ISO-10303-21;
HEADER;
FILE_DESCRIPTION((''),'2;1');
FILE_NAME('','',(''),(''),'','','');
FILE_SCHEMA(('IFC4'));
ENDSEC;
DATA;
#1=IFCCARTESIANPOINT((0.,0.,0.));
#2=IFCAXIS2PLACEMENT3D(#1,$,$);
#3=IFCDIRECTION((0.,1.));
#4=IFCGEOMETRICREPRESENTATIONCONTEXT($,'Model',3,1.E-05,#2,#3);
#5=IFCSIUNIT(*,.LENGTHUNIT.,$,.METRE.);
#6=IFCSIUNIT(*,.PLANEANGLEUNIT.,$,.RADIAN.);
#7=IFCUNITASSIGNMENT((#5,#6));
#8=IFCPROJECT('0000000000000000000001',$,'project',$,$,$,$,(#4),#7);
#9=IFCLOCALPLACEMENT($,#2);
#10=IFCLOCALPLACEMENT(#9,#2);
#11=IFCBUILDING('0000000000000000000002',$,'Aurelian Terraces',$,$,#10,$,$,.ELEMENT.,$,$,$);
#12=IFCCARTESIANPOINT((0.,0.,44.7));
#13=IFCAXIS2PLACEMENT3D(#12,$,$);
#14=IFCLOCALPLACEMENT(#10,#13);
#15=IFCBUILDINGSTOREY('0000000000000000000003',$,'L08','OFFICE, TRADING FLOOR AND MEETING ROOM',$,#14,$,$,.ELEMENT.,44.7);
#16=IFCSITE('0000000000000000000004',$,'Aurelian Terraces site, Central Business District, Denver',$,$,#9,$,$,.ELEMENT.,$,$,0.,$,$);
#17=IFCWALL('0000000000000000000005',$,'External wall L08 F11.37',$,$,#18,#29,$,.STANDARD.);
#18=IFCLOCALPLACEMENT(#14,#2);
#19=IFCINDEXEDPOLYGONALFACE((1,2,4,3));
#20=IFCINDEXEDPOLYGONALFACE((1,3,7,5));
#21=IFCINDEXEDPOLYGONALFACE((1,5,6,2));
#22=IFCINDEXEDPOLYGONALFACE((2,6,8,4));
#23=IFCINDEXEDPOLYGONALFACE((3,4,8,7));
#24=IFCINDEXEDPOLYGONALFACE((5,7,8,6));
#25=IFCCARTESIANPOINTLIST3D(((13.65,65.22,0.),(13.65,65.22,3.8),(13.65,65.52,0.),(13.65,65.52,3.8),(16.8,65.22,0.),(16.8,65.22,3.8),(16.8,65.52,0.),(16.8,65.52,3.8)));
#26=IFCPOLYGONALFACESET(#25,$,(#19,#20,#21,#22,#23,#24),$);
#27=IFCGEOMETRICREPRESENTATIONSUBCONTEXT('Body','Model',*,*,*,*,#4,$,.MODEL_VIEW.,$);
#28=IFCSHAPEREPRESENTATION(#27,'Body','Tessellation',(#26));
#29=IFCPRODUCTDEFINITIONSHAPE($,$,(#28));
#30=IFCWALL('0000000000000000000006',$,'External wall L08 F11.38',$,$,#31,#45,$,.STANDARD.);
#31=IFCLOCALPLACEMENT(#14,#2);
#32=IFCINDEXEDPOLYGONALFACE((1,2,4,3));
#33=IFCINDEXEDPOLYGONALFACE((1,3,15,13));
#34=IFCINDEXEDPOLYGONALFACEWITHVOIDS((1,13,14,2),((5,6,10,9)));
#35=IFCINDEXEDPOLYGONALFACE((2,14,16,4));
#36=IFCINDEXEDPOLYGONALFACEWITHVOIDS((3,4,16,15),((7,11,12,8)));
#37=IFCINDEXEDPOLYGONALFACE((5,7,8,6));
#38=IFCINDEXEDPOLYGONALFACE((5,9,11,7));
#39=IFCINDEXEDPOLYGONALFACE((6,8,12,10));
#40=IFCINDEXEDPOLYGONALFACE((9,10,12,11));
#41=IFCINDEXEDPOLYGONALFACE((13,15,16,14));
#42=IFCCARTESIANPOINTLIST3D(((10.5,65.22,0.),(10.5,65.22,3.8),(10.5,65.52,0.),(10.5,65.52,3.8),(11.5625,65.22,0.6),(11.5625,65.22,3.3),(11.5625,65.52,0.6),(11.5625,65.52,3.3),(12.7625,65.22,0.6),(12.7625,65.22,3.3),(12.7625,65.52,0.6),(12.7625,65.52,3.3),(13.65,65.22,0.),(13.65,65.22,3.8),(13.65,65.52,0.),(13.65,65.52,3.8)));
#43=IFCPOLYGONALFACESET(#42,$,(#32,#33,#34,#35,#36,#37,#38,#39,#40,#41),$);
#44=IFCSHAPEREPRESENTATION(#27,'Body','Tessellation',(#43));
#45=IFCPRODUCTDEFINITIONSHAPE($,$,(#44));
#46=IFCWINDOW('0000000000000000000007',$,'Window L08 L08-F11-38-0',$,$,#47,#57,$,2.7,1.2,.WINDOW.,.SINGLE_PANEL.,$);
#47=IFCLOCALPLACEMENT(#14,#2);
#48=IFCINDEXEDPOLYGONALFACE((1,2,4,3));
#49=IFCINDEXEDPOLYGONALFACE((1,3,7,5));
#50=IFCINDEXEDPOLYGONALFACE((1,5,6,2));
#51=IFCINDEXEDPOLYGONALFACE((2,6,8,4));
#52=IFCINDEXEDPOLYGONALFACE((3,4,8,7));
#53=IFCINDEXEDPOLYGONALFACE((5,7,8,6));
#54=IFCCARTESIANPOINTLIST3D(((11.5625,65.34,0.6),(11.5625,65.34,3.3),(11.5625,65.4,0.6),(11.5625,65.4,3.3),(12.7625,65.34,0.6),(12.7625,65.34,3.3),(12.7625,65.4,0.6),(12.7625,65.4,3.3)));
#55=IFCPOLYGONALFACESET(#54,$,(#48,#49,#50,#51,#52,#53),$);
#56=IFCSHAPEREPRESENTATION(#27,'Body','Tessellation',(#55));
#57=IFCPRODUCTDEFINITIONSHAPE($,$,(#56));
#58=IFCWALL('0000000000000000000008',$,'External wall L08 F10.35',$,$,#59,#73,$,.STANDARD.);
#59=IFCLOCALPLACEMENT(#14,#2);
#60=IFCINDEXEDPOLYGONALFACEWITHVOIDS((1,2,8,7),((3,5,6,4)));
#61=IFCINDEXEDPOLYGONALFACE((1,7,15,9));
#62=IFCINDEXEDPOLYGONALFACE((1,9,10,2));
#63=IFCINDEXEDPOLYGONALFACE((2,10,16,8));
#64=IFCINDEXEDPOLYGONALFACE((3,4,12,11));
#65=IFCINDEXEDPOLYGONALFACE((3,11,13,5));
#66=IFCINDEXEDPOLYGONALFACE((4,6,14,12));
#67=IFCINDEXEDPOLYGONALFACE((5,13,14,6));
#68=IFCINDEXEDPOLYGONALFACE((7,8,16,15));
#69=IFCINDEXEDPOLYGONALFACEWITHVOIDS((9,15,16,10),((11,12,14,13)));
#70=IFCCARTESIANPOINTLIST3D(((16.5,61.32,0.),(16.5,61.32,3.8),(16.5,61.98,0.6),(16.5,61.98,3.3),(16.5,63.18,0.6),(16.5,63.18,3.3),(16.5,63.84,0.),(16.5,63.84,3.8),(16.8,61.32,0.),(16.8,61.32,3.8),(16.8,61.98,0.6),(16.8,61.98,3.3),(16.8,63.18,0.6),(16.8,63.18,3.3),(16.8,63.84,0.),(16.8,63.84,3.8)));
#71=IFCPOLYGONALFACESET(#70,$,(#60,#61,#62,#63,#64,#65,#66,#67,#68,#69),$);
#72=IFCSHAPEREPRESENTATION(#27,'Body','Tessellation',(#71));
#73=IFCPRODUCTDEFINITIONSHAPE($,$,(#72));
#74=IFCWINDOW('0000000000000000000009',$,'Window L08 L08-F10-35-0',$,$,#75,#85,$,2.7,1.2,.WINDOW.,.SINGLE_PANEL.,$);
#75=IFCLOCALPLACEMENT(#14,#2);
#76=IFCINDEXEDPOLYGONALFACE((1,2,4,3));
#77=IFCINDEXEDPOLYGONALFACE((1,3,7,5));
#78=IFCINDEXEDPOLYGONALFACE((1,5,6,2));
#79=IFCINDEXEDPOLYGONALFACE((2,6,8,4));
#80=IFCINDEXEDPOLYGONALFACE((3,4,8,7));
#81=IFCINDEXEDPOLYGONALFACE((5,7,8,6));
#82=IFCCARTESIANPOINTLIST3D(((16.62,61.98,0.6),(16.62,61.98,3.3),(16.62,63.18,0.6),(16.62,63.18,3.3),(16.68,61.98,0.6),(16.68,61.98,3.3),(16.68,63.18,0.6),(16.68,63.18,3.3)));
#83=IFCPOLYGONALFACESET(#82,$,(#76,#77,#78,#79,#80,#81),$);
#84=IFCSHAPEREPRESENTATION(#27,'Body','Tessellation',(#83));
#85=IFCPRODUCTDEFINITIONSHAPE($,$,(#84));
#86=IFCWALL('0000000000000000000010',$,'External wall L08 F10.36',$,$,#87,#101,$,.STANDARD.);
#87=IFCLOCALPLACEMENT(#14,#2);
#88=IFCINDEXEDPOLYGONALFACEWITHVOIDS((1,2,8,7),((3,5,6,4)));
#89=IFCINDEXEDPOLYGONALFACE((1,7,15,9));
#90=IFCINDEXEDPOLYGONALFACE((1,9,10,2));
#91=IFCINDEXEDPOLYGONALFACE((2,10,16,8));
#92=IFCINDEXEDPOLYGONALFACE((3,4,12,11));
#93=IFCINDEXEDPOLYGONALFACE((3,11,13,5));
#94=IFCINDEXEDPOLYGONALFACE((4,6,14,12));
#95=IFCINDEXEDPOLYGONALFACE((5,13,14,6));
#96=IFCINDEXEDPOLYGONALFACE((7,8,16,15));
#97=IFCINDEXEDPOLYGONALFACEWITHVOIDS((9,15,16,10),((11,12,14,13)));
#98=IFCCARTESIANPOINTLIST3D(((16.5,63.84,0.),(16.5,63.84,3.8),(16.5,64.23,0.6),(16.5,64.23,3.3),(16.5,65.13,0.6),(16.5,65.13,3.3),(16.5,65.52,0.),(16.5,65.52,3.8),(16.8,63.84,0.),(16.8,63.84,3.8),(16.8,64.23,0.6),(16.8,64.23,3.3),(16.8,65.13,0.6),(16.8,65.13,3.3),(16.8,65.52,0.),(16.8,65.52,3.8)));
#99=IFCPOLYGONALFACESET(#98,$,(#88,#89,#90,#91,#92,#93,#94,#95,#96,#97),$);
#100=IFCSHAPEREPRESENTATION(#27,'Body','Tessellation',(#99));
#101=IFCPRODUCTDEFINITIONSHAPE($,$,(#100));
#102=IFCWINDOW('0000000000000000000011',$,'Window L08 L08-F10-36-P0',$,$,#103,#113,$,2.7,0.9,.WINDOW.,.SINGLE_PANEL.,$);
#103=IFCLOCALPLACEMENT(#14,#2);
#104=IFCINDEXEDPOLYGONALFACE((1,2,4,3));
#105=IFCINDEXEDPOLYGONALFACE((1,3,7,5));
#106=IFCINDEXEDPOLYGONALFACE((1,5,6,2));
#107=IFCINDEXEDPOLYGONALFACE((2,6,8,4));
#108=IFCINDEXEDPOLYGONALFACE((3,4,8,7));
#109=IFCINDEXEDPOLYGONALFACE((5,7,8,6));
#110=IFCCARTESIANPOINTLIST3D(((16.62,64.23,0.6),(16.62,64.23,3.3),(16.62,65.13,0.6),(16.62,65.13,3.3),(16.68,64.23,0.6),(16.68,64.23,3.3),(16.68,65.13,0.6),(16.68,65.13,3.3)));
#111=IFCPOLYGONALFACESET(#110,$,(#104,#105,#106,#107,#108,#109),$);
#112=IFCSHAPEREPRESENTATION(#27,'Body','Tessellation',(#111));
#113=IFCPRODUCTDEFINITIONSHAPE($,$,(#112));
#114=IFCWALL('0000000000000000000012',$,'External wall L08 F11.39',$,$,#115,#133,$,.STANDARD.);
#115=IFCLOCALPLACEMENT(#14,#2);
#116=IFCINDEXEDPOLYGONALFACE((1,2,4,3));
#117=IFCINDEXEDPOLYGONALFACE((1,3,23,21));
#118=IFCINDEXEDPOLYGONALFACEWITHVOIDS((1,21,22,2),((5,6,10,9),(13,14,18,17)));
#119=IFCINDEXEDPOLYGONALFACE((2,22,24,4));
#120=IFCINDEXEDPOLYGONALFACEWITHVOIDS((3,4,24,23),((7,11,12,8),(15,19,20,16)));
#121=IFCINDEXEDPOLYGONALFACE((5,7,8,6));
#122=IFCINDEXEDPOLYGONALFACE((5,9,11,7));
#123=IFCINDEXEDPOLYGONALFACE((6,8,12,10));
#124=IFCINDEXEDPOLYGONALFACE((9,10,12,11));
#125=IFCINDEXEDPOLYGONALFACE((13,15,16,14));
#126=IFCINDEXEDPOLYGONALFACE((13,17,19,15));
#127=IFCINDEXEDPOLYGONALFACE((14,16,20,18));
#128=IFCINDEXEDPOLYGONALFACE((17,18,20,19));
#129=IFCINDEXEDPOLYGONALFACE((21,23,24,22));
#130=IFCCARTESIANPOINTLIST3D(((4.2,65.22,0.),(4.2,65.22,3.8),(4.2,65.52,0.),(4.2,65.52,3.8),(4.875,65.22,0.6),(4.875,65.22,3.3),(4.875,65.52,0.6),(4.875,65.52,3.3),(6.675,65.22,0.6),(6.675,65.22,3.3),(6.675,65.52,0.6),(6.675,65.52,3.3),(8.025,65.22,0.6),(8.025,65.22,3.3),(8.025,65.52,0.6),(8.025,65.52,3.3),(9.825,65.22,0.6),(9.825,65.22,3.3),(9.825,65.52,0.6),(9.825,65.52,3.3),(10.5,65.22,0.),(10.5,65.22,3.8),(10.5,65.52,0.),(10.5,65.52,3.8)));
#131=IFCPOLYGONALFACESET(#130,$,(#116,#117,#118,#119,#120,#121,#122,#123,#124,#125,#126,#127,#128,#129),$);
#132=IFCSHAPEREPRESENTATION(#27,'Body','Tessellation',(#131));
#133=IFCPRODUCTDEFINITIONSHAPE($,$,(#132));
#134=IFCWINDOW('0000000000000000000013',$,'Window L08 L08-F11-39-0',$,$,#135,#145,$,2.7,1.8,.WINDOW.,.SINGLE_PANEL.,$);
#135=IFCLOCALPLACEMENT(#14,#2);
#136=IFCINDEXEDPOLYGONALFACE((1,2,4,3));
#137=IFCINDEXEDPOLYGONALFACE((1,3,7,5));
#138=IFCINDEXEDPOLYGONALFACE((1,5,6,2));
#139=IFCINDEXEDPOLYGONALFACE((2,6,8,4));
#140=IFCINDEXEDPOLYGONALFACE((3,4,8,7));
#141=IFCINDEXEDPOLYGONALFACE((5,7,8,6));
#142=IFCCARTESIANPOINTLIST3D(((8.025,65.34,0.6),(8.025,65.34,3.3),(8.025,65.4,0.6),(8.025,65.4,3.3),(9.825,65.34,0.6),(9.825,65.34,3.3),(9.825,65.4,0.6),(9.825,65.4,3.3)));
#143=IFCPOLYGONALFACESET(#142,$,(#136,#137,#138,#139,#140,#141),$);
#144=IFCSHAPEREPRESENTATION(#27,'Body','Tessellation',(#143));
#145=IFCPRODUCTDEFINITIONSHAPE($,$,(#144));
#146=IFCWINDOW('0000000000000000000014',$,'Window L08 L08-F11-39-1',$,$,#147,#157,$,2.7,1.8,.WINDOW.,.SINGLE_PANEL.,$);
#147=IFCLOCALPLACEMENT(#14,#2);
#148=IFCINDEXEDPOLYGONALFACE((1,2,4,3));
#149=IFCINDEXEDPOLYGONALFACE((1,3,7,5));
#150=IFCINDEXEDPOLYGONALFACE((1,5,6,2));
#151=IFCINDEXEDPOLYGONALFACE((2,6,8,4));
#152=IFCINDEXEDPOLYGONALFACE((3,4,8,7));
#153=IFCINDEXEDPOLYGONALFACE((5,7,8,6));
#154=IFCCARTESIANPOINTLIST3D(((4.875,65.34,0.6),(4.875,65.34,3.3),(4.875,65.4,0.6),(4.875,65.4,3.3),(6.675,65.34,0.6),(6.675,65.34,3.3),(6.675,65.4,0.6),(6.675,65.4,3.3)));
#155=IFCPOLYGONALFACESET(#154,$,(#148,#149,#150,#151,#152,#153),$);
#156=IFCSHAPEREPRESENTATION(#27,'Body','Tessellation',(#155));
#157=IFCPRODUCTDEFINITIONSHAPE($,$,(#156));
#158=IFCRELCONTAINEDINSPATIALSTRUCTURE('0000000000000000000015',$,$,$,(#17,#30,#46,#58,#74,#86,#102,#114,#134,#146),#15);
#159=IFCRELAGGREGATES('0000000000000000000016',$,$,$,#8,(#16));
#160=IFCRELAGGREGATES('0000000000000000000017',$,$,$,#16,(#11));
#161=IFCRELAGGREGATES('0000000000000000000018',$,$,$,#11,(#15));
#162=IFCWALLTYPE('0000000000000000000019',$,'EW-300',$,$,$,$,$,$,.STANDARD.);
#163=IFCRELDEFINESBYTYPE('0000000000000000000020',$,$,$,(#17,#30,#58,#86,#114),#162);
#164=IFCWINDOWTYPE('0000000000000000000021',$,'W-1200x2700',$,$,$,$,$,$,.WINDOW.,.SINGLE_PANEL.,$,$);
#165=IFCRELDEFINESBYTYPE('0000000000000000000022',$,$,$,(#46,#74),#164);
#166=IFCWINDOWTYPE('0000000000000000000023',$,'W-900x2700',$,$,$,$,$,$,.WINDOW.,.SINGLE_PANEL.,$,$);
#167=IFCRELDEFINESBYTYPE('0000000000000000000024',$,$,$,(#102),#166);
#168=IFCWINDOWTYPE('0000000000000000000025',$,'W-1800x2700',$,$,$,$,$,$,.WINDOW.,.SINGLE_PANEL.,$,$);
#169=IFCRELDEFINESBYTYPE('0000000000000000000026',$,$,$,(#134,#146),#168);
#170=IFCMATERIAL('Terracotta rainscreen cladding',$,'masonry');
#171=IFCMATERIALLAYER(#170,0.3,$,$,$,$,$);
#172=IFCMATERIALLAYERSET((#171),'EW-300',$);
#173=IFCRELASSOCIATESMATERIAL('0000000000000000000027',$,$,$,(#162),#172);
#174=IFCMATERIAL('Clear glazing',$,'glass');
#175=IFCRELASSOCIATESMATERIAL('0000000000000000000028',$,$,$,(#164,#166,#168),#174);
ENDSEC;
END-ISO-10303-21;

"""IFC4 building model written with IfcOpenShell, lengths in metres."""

from ifc_helpers import new_model, si_unit, direction, frame, frame_2d, origin, place, context, subcontext, project, spatial, rectangle, extrude, source, transform, mapped, material, layer, layer_set, type_object, element, fill, save


model = new_model("IFC4")

# Units and contexts
model_context = context("Model", 3, precision=1e-05, world=origin(), true_north=direction((0.0, 1.0)))
body_context = subcontext(model_context, "Body", "Model", "MODEL_VIEW")
ifc_project = project(units=[si_unit("LENGTHUNIT", "METRE"), si_unit("PLANEANGLEUNIT", "RADIAN")], contexts=[model_context])

# Site, building, storey
site_placement = place(None, origin())
site = spatial("IfcSite", under=ifc_project, at=site_placement, Name="Aurelian Terraces site, Central Business District, Denver", CompositionType="ELEMENT", RefElevation=0.0)
building_placement = place(site_placement, origin())
building = spatial("IfcBuilding", under=site, at=building_placement, Name="Aurelian Terraces", CompositionType="ELEMENT")
storey_placement = place(building_placement, frame((0.0, 0.0, 44.7)))
storey = spatial("IfcBuildingStorey", under=building, at=storey_placement, Name="L08", Description="OFFICE, TRADING FLOOR AND MEETING ROOM", CompositionType="ELEMENT", Elevation=44.7)

# Wall
ifc_material_1 = material(Name="Terracotta rainscreen cladding", Category="masonry")
ifc_layer_1 = layer(ifc_material_1, 0.3)
ifc_layer_set_1 = layer_set([ifc_layer_1], Name="EW-300")
wall_type_1 = type_object("IfcWallType", Name="EW-300", PredefinedType="STANDARD", material=ifc_layer_set_1)
shared_shape_1 = source(origin(), body_context, "Body", "SweptSolid", [
    extrude(rectangle(XDim=3.15, YDim=0.3, at=frame_2d((1.575, 0.0))), origin(), (0.0, 0.0, 1.0), 3.8),
])
wall_1_placement = place(storey_placement, frame((16.8, 65.37, 0.0), z_axis=(0.0, 0.0, 1.0), x_axis=(-1.0, 0.0, 0.0)))
element("IfcWall", 1, at=wall_1_placement, inside=storey, type_object=wall_type_1, Name="External wall L08 F11.37", PredefinedType="STANDARD", context=body_context, shape_type="MappedRepresentation", body=[
    mapped(shared_shape_1, transform((0.0, 0.0, 0.0), scale=1.0)),
])

# Walls, openings, windows
wall_2_placement = place(storey_placement, frame((13.65, 65.37, 0.0), z_axis=(0.0, 0.0, 1.0), x_axis=(-1.0, 0.0, 0.0)))
wall_2 = element("IfcWall", 2, at=wall_2_placement, inside=storey, type_object=wall_type_1, Name="External wall L08 F11.38", PredefinedType="STANDARD", context=body_context, shape_type="MappedRepresentation", body=[
    mapped(shared_shape_1, transform((0.0, 0.0, 0.0), scale=1.0)),
])
shared_shape_2 = source(origin(), body_context, "Body", "SweptSolid", [
    extrude(rectangle(XDim=1.2, YDim=2.7, at=frame_2d((0.6, 1.35))), frame((0.0, 0.16, 0.0), z_axis=(0.0, -1.0, 0.0), x_axis=(1.0, 0.0, 0.0)), (0.0, 0.0, 1.0), 0.32),
])
opening_1_placement = place(wall_2_placement, frame((0.8875, 0.0, 0.6)))
opening_1 = element("IfcOpeningElement", 3, at=opening_1_placement, cuts=wall_2, PredefinedType="OPENING", context=body_context, shape_type="MappedRepresentation", body=[
    mapped(shared_shape_2, transform((0.0, 0.0, 0.0), scale=1.0)),
])
ifc_material_2 = material(Name="Clear glazing", Category="glass")
window_type_1 = type_object("IfcWindowType", Name="W-1200x2700", PartitioningType="SINGLE_PANEL", PredefinedType="WINDOW", material=ifc_material_2)
shared_shape_3 = source(origin(), body_context, "Body", "SweptSolid", [
    extrude(rectangle(XDim=1.2, YDim=2.7, at=frame_2d((0.6, 1.35))), frame((0.0, 0.03, 0.0), z_axis=(0.0, -1.0, 0.0), x_axis=(1.0, 0.0, 0.0)), (0.0, 0.0, 1.0), 0.06),
])
window_1_placement = place(opening_1_placement, origin())
window_1 = element("IfcWindow", 4, at=window_1_placement, inside=storey, type_object=window_type_1, Name="Window L08 L08-F11-38-0", OverallHeight=2.7, OverallWidth=1.2, PartitioningType="SINGLE_PANEL", PredefinedType="WINDOW", context=body_context, shape_type="MappedRepresentation", body=[
    mapped(shared_shape_3, transform((0.0, 0.0, 0.0), scale=1.0)),
])
fill(opening_1, window_1)
shared_shape_4 = source(origin(), body_context, "Body", "SweptSolid", [
    extrude(rectangle(XDim=2.52, YDim=0.3, at=frame_2d((1.26, 0.0))), origin(), (0.0, 0.0, 1.0), 3.8),
])
wall_3_placement = place(storey_placement, frame((16.65, 61.32, 0.0), z_axis=(0.0, 0.0, 1.0), x_axis=(0.0, 1.0, 0.0)))
wall_3 = element("IfcWall", 5, at=wall_3_placement, inside=storey, type_object=wall_type_1, Name="External wall L08 F10.35", PredefinedType="STANDARD", context=body_context, shape_type="MappedRepresentation", body=[
    mapped(shared_shape_4, transform((0.0, 0.0, 0.0), scale=1.0)),
])
opening_2_placement = place(wall_3_placement, frame((0.66, 0.0, 0.6)))
opening_2 = element("IfcOpeningElement", 6, at=opening_2_placement, cuts=wall_3, PredefinedType="OPENING", context=body_context, shape_type="MappedRepresentation", body=[
    mapped(shared_shape_2, transform((0.0, 0.0, 0.0), scale=1.0)),
])
window_2_placement = place(opening_2_placement, origin())
window_2 = element("IfcWindow", 7, at=window_2_placement, inside=storey, type_object=window_type_1, Name="Window L08 L08-F10-35-0", OverallHeight=2.7, OverallWidth=1.2, PartitioningType="SINGLE_PANEL", PredefinedType="WINDOW", context=body_context, shape_type="MappedRepresentation", body=[
    mapped(shared_shape_3, transform((0.0, 0.0, 0.0), scale=1.0)),
])
fill(opening_2, window_2)
shared_shape_5 = source(origin(), body_context, "Body", "SweptSolid", [
    extrude(rectangle(XDim=1.68, YDim=0.3, at=frame_2d((0.84, 0.0))), origin(), (0.0, 0.0, 1.0), 3.8),
])
wall_4_placement = place(storey_placement, frame((16.65, 63.84, 0.0), z_axis=(0.0, 0.0, 1.0), x_axis=(0.0, 1.0, 0.0)))
wall_4 = element("IfcWall", 8, at=wall_4_placement, inside=storey, type_object=wall_type_1, Name="External wall L08 F10.36", PredefinedType="STANDARD", context=body_context, shape_type="MappedRepresentation", body=[
    mapped(shared_shape_5, transform((0.0, 0.0, 0.0), scale=1.0)),
])
shared_shape_6 = source(origin(), body_context, "Body", "SweptSolid", [
    extrude(rectangle(XDim=0.9, YDim=2.7, at=frame_2d((0.45, 1.35))), frame((0.0, 0.16, 0.0), z_axis=(0.0, -1.0, 0.0), x_axis=(1.0, 0.0, 0.0)), (0.0, 0.0, 1.0), 0.32),
])
opening_3_placement = place(wall_4_placement, frame((0.39, 0.0, 0.6)))
opening_3 = element("IfcOpeningElement", 9, at=opening_3_placement, cuts=wall_4, PredefinedType="OPENING", context=body_context, shape_type="MappedRepresentation", body=[
    mapped(shared_shape_6, transform((0.0, 0.0, 0.0), scale=1.0)),
])
window_type_2 = type_object("IfcWindowType", Name="W-900x2700", PartitioningType="SINGLE_PANEL", PredefinedType="WINDOW", material=ifc_material_2)
shared_shape_7 = source(origin(), body_context, "Body", "SweptSolid", [
    extrude(rectangle(XDim=0.9, YDim=2.7, at=frame_2d((0.45, 1.35))), frame((0.0, 0.03, 0.0), z_axis=(0.0, -1.0, 0.0), x_axis=(1.0, 0.0, 0.0)), (0.0, 0.0, 1.0), 0.06),
])
window_3_placement = place(opening_3_placement, origin())
window_3 = element("IfcWindow", 10, at=window_3_placement, inside=storey, type_object=window_type_2, Name="Window L08 L08-F10-36-P0", OverallHeight=2.7, OverallWidth=0.9, PartitioningType="SINGLE_PANEL", PredefinedType="WINDOW", context=body_context, shape_type="MappedRepresentation", body=[
    mapped(shared_shape_7, transform((0.0, 0.0, 0.0), scale=1.0)),
])
fill(opening_3, window_3)

# Wall, openings, windows
shared_shape_8 = source(origin(), body_context, "Body", "SweptSolid", [
    extrude(rectangle(XDim=6.3, YDim=0.3, at=frame_2d((3.15, 0.0))), origin(), (0.0, 0.0, 1.0), 3.8),
])
wall_5_placement = place(storey_placement, frame((10.5, 65.37, 0.0), z_axis=(0.0, 0.0, 1.0), x_axis=(-1.0, 0.0, 0.0)))
wall_5 = element("IfcWall", 11, at=wall_5_placement, inside=storey, type_object=wall_type_1, Name="External wall L08 F11.39", PredefinedType="STANDARD", context=body_context, shape_type="MappedRepresentation", body=[
    mapped(shared_shape_8, transform((0.0, 0.0, 0.0), scale=1.0)),
])
shared_shape_9 = source(origin(), body_context, "Body", "SweptSolid", [
    extrude(rectangle(XDim=1.8, YDim=2.7, at=frame_2d((0.9, 1.35))), frame((0.0, 0.16, 0.0), z_axis=(0.0, -1.0, 0.0), x_axis=(1.0, 0.0, 0.0)), (0.0, 0.0, 1.0), 0.32),
])
opening_4_placement = place(wall_5_placement, frame((0.675, 0.0, 0.6)))
opening_4 = element("IfcOpeningElement", 12, at=opening_4_placement, cuts=wall_5, PredefinedType="OPENING", context=body_context, shape_type="MappedRepresentation", body=[
    mapped(shared_shape_9, transform((0.0, 0.0, 0.0), scale=1.0)),
])
opening_5_placement = place(wall_5_placement, frame((3.825, 0.0, 0.6)))
opening_5 = element("IfcOpeningElement", 13, at=opening_5_placement, cuts=wall_5, PredefinedType="OPENING", context=body_context, shape_type="MappedRepresentation", body=[
    mapped(shared_shape_9, transform((0.0, 0.0, 0.0), scale=1.0)),
])
window_type_3 = type_object("IfcWindowType", Name="W-1800x2700", PartitioningType="SINGLE_PANEL", PredefinedType="WINDOW", material=ifc_material_2)
shared_shape_10 = source(origin(), body_context, "Body", "SweptSolid", [
    extrude(rectangle(XDim=1.8, YDim=2.7, at=frame_2d((0.9, 1.35))), frame((0.0, 0.03, 0.0), z_axis=(0.0, -1.0, 0.0), x_axis=(1.0, 0.0, 0.0)), (0.0, 0.0, 1.0), 0.06),
])
window_4_placement = place(opening_4_placement, origin())
window_4 = element("IfcWindow", 14, at=window_4_placement, inside=storey, type_object=window_type_3, Name="Window L08 L08-F11-39-0", OverallHeight=2.7, OverallWidth=1.8, PartitioningType="SINGLE_PANEL", PredefinedType="WINDOW", context=body_context, shape_type="MappedRepresentation", body=[
    mapped(shared_shape_10, transform((0.0, 0.0, 0.0), scale=1.0)),
])
fill(opening_4, window_4)
window_5_placement = place(opening_5_placement, origin())
window_5 = element("IfcWindow", 15, at=window_5_placement, inside=storey, type_object=window_type_3, Name="Window L08 L08-F11-39-1", OverallHeight=2.7, OverallWidth=1.8, PartitioningType="SINGLE_PANEL", PredefinedType="WINDOW", context=body_context, shape_type="MappedRepresentation", body=[
    mapped(shared_shape_10, transform((0.0, 0.0, 0.0), scale=1.0)),
])
fill(opening_5, window_5)

save(model, "model.ifc")
